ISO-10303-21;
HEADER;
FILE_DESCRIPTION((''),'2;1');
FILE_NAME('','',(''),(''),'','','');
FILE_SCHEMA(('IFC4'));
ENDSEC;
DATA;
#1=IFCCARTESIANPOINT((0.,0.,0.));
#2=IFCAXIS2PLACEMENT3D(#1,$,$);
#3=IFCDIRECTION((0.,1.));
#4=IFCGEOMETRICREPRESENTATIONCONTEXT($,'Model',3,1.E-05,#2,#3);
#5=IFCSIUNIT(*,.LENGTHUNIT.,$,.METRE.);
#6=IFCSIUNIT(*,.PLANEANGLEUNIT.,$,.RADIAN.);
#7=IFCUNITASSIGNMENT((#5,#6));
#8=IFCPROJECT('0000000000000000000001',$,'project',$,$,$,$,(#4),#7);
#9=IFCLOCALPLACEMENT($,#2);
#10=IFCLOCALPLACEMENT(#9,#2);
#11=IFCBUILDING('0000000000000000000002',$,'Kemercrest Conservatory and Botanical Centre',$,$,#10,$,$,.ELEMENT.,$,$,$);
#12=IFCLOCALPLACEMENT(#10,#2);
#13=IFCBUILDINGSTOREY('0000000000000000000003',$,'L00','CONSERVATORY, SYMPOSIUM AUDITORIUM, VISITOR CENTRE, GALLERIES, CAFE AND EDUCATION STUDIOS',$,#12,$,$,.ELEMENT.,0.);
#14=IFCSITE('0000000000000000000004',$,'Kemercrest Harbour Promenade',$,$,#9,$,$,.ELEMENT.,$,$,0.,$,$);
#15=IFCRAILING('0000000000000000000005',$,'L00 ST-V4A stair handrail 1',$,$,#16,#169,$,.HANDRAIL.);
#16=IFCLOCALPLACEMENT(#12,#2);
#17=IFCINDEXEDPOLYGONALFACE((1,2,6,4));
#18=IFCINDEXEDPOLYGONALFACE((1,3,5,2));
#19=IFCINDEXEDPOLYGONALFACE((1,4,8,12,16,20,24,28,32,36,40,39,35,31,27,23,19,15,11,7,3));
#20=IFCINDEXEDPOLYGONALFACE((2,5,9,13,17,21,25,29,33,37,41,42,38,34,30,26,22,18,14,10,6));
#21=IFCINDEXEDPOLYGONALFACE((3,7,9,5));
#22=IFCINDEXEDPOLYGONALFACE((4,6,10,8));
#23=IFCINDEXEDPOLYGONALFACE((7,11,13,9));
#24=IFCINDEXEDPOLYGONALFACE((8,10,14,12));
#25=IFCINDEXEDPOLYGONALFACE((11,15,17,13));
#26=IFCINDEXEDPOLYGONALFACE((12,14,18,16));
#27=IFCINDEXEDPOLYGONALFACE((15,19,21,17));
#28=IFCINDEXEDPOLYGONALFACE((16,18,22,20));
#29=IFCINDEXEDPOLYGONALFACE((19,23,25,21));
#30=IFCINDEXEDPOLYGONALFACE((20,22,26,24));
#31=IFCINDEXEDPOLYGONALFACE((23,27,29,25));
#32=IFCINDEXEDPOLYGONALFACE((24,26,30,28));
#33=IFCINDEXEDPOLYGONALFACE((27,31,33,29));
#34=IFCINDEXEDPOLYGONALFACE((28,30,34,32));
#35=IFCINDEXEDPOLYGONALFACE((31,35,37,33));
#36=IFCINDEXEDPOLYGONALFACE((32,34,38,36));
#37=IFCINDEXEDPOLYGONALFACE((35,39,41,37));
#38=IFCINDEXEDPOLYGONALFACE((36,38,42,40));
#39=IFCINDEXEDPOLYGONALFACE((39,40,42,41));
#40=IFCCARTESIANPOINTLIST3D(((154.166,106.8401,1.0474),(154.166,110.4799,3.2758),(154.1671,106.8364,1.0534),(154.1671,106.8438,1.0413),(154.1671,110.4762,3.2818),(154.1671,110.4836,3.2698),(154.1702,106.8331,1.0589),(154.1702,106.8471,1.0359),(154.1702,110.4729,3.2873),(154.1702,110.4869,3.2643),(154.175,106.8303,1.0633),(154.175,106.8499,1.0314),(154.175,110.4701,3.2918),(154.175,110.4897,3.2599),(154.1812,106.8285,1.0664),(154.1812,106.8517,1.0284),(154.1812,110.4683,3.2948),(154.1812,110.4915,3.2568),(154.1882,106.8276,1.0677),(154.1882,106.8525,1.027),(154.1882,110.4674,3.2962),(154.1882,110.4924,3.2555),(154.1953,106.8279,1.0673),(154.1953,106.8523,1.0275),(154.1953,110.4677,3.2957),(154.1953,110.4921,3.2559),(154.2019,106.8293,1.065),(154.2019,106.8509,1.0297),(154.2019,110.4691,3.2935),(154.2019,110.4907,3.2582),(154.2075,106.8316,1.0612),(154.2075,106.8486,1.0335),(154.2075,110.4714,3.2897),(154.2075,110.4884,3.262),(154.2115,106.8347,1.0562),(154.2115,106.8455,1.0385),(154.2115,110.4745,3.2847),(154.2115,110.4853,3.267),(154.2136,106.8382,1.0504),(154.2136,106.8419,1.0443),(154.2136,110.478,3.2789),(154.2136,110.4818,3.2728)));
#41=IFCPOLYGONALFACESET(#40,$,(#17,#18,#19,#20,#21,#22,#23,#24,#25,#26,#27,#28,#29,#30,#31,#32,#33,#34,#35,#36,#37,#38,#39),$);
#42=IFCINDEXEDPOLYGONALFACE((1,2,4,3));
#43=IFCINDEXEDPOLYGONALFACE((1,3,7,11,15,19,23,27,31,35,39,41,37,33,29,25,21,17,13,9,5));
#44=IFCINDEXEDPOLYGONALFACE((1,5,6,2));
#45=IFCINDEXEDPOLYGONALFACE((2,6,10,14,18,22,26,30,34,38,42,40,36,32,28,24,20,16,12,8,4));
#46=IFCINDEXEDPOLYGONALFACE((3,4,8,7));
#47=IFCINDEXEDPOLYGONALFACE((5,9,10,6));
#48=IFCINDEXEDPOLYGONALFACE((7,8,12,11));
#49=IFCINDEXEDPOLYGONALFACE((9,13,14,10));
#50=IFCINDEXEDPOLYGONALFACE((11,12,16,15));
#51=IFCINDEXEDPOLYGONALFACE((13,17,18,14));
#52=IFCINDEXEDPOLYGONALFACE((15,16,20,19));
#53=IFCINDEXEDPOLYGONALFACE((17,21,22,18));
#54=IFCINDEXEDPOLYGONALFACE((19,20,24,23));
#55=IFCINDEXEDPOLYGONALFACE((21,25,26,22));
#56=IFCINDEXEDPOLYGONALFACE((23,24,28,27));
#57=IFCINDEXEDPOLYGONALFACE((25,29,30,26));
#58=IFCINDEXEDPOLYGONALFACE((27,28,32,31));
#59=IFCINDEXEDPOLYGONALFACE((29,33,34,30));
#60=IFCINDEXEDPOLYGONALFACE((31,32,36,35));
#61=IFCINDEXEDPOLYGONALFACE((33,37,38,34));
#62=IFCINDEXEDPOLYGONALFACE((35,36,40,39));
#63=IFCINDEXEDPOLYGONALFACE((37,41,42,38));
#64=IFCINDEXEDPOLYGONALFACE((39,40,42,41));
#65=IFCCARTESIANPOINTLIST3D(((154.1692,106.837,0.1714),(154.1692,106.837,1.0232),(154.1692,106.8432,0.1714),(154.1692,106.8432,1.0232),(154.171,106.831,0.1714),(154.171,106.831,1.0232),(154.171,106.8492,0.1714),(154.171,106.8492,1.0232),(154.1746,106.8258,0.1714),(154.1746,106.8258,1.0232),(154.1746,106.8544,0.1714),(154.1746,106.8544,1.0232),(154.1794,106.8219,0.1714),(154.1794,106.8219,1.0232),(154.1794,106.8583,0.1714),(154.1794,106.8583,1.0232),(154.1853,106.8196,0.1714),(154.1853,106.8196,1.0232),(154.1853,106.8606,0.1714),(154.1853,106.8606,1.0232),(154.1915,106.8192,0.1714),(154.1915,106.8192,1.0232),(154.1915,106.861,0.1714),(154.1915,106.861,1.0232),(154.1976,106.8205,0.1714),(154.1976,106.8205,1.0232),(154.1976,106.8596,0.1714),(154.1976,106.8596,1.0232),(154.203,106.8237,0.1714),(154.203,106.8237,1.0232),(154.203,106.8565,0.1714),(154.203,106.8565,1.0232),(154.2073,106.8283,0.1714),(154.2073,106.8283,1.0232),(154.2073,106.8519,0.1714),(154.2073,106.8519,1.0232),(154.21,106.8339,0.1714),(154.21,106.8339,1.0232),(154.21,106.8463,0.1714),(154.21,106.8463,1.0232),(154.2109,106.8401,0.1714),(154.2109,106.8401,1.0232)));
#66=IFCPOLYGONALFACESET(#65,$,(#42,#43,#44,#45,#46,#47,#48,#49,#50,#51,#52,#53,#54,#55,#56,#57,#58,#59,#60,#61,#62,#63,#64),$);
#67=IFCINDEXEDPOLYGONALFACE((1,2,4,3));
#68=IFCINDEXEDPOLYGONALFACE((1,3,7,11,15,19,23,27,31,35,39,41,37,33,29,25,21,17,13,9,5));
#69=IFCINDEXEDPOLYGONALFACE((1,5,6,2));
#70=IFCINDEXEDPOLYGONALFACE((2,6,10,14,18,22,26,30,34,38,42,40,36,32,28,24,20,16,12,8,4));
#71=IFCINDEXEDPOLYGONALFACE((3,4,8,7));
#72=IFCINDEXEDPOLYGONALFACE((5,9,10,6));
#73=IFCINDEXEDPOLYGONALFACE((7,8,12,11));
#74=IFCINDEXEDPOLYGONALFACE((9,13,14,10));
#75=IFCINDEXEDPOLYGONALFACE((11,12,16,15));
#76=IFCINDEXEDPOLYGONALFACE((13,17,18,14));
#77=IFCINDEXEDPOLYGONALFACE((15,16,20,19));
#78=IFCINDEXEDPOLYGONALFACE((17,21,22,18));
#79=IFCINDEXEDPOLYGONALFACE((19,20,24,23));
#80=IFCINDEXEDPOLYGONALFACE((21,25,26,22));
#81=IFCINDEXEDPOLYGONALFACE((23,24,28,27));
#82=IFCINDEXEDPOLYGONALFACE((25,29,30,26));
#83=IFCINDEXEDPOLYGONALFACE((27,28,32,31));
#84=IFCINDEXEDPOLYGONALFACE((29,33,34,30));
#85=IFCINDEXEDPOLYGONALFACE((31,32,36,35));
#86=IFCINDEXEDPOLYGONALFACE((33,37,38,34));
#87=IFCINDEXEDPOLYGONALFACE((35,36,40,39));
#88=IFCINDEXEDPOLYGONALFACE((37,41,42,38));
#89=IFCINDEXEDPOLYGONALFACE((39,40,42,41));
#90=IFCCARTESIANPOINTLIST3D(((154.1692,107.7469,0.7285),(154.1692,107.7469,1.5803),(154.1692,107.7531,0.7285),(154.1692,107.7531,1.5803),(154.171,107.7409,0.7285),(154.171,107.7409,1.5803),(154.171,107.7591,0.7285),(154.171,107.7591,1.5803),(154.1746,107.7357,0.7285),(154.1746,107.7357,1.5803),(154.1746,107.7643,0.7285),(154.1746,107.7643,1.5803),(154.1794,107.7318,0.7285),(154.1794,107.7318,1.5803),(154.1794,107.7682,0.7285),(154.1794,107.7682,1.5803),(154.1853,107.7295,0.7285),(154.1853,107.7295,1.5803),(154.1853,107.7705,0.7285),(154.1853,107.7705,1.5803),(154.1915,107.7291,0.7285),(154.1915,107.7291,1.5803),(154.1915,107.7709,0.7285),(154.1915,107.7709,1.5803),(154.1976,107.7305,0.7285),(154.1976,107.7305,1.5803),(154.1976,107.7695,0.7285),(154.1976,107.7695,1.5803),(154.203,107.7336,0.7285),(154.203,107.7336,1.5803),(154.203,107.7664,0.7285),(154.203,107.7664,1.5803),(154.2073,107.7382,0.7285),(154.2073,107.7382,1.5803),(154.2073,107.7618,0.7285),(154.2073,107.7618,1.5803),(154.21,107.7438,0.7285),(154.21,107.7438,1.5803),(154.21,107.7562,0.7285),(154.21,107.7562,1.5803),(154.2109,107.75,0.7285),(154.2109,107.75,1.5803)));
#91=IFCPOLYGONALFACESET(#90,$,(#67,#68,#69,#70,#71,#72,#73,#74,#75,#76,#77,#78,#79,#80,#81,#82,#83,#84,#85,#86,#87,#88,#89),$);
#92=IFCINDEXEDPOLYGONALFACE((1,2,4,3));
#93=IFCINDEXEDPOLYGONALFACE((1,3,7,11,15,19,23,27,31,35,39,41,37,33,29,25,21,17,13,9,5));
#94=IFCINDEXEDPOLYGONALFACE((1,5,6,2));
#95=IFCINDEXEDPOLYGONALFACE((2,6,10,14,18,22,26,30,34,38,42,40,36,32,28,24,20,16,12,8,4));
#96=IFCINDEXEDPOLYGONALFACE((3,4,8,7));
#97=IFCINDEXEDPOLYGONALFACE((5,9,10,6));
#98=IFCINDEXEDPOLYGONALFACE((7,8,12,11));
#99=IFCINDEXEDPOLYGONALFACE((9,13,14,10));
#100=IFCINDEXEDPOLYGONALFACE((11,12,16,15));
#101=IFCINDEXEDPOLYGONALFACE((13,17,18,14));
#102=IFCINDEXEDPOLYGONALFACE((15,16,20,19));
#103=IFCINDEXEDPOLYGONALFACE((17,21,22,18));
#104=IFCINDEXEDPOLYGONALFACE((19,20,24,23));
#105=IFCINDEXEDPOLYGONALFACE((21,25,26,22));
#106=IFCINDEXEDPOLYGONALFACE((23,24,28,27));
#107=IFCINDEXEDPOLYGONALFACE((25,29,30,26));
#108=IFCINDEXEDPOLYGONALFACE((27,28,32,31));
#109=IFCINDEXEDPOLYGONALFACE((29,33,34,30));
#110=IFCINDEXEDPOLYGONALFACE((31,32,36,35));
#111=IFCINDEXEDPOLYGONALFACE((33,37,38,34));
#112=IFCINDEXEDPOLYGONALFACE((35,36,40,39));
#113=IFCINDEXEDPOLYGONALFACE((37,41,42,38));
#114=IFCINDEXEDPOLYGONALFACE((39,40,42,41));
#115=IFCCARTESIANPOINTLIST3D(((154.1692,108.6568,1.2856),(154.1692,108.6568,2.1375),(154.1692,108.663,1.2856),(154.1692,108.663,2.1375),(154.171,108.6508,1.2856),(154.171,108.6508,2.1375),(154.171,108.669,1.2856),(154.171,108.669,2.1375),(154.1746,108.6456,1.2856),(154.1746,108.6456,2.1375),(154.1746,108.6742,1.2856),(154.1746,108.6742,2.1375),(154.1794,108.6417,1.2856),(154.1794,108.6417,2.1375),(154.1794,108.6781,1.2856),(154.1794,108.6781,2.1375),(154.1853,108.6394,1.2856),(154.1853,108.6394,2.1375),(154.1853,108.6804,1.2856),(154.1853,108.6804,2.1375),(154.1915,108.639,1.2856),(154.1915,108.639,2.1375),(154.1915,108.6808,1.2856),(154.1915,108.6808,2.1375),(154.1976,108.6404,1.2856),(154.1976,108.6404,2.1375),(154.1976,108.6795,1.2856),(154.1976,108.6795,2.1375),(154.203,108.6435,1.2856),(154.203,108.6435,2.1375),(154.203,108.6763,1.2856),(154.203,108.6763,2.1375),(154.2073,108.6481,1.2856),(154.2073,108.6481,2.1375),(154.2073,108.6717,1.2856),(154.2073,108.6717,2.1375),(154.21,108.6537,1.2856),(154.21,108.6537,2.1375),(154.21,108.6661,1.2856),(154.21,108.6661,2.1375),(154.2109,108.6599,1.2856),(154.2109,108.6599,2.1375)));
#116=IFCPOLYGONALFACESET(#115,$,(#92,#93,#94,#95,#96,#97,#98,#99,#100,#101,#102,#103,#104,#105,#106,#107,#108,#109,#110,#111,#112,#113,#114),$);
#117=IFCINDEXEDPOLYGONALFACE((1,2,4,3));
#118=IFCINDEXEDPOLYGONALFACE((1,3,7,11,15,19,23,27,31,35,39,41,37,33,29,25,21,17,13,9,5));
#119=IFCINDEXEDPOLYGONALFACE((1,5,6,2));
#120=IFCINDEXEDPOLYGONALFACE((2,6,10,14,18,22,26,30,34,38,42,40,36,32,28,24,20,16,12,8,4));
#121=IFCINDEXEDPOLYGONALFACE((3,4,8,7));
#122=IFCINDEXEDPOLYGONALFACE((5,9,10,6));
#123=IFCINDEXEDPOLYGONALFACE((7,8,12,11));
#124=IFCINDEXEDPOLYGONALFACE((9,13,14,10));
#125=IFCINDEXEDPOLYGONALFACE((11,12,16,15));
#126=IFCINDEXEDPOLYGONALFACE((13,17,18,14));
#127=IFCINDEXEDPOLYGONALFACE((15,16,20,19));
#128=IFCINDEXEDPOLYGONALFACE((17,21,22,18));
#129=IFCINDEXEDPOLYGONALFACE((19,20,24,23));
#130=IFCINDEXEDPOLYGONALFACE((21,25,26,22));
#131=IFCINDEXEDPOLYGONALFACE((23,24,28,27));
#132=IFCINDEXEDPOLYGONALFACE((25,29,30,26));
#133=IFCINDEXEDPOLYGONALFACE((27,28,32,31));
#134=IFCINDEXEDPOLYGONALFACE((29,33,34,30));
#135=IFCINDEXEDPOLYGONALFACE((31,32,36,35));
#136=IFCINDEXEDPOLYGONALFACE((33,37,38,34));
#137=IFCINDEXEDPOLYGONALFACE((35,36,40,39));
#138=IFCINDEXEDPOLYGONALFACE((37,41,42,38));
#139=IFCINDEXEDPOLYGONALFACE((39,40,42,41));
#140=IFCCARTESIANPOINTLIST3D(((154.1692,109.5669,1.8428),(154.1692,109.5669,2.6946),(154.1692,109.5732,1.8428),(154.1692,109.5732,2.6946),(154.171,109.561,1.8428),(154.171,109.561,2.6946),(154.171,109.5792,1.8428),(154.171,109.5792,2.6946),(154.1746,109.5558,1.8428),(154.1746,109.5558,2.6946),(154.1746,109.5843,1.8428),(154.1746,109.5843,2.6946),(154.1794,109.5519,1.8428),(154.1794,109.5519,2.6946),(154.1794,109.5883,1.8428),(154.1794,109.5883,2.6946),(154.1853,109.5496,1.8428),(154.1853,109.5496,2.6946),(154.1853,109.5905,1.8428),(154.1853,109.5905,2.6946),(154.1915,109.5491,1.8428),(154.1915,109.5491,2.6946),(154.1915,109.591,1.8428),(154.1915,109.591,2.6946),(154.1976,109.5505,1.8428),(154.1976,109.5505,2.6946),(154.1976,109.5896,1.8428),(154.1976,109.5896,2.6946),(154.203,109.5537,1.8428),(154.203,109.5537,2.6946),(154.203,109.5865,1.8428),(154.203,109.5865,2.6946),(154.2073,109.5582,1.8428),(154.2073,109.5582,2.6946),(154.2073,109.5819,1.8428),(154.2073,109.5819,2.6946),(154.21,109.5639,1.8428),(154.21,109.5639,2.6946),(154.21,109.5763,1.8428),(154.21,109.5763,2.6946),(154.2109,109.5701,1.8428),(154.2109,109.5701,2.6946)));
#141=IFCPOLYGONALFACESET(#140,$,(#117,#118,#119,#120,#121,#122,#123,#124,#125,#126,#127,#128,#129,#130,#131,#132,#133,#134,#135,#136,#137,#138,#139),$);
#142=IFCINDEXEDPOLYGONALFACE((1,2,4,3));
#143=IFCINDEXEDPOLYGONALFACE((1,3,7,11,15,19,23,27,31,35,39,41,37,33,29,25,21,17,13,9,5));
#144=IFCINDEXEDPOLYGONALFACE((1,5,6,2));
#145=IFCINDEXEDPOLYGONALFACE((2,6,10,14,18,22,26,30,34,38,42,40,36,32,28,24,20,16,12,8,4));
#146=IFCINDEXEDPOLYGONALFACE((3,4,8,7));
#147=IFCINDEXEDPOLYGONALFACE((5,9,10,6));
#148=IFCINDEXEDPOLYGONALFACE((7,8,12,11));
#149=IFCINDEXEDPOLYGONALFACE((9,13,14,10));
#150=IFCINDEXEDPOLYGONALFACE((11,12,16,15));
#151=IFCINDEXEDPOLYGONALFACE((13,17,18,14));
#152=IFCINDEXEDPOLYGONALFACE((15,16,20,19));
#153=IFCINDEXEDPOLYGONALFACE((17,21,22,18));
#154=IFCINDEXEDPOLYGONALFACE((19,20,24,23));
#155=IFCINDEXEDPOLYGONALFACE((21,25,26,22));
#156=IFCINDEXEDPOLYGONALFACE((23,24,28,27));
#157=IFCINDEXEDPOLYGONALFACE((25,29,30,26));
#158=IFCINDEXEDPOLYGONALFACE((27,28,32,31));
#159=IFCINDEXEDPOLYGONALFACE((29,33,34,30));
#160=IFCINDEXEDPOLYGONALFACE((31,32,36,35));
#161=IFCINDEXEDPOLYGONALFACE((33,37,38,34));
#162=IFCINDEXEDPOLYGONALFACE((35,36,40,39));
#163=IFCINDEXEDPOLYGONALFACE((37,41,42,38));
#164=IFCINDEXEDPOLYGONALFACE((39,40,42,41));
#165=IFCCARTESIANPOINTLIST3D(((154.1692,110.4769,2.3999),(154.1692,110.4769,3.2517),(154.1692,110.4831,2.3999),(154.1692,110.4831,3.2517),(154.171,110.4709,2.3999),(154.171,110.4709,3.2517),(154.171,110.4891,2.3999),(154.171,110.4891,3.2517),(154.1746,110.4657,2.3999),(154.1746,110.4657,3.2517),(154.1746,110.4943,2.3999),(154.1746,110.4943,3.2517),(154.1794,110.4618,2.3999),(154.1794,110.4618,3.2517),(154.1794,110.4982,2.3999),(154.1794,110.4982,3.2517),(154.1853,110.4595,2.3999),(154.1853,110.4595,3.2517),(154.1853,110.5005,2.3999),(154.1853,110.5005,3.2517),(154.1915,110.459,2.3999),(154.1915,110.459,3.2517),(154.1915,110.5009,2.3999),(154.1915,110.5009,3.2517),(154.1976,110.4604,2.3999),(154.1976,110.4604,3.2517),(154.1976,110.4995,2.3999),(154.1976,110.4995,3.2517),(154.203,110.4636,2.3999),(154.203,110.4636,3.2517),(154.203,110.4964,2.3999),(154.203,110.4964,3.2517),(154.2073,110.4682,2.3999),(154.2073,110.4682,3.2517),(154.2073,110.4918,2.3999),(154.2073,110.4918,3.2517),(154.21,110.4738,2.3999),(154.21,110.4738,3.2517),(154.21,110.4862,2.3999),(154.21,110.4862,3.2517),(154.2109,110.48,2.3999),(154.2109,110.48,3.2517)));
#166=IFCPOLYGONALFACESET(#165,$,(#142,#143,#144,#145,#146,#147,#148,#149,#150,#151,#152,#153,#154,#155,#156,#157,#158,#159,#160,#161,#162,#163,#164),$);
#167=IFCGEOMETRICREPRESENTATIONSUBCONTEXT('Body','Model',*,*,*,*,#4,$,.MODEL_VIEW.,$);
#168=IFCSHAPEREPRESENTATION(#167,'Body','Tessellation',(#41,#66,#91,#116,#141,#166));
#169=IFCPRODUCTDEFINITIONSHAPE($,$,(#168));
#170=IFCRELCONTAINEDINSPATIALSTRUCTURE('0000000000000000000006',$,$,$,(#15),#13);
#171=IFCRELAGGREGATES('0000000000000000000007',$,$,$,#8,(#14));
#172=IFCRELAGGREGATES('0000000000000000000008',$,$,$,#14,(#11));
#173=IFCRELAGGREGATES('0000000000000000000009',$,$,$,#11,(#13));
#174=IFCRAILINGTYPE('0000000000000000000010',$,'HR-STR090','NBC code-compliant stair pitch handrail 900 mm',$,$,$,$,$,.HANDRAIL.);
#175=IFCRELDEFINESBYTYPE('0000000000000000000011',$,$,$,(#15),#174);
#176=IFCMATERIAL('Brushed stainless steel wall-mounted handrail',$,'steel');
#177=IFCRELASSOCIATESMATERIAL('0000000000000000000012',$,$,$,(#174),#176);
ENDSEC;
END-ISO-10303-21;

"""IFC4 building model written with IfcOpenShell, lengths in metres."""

from ifc_helpers import new_model, si_unit, direction, frame, origin, origin_2d, place, context, subcontext, project, spatial, circle, extrude, material, type_object, element, save


model = new_model("IFC4")

# Units and contexts
model_context = context("Model", 3, precision=1e-05, world=origin(), true_north=direction((0.0, 1.0)))
body_context = subcontext(model_context, "Body", "Model", "MODEL_VIEW")
ifc_project = project(units=[si_unit("LENGTHUNIT", "METRE"), si_unit("PLANEANGLEUNIT", "RADIAN")], contexts=[model_context])

# Site, building, storey
site_placement = place(None, origin())
site = spatial("IfcSite", under=ifc_project, at=site_placement, Name="Kemercrest Harbour Promenade", CompositionType="ELEMENT", RefElevation=0.0)
building_placement = place(site_placement, origin())
building = spatial("IfcBuilding", under=site, at=building_placement, Name="Kemercrest Conservatory and Botanical Centre", CompositionType="ELEMENT")
storey_placement = place(building_placement, origin())
storey = spatial("IfcBuildingStorey", under=building, at=storey_placement, Name="L00", Description="CONSERVATORY, SYMPOSIUM AUDITORIUM, VISITOR CENTRE, GALLERIES, CAFE AND EDUCATION STUDIOS", CompositionType="ELEMENT", Elevation=0.0)

# Railing
ifc_material_1 = material(Name="Brushed stainless steel wall-mounted handrail", Category="steel")
railing_type_1 = type_object("IfcRailingType", Name="HR-STR090", Description="NBC code-compliant stair pitch handrail 900 mm", PredefinedType="HANDRAIL", material=ifc_material_1)
railing_1_placement = place(storey_placement, frame((154.1899, 106.8401, 0.1714)))
element("IfcRailing", 1, at=railing_1_placement, inside=storey, type_object=railing_type_1, Name="L00 ST-V4A stair handrail 1", PredefinedType="HANDRAIL", context=body_context, shape_type="SweptSolid", body=[
    extrude(circle(Radius=0.0239, at=origin_2d()), frame((0.0, 0.0, 0.876), z_axis=(0.0, 0.85285, 0.522156), x_axis=(-1.0, 0.0, 0.0)), (0.0, 0.0, 1.0), 4.2678),
    extrude(circle(Radius=0.021, at=origin_2d()), origin(), (0.0, 0.0, 1.0), 0.8518),
    extrude(circle(Radius=0.021, at=origin_2d()), frame((0.0, 0.9099, 0.5571)), (0.0, 0.0, 1.0), 0.8518),
    extrude(circle(Radius=0.021, at=origin_2d()), frame((0.0, 1.8198, 1.1143)), (0.0, 0.0, 1.0), 0.8518),
    extrude(circle(Radius=0.021, at=origin_2d()), frame((0.0, 2.73, 1.6714)), (0.0, 0.0, 1.0), 0.8518),
    extrude(circle(Radius=0.021, at=origin_2d()), frame((0.0, 3.6399, 2.2285)), (0.0, 0.0, 1.0), 0.8518),
])

save(model, "model.ifc")
